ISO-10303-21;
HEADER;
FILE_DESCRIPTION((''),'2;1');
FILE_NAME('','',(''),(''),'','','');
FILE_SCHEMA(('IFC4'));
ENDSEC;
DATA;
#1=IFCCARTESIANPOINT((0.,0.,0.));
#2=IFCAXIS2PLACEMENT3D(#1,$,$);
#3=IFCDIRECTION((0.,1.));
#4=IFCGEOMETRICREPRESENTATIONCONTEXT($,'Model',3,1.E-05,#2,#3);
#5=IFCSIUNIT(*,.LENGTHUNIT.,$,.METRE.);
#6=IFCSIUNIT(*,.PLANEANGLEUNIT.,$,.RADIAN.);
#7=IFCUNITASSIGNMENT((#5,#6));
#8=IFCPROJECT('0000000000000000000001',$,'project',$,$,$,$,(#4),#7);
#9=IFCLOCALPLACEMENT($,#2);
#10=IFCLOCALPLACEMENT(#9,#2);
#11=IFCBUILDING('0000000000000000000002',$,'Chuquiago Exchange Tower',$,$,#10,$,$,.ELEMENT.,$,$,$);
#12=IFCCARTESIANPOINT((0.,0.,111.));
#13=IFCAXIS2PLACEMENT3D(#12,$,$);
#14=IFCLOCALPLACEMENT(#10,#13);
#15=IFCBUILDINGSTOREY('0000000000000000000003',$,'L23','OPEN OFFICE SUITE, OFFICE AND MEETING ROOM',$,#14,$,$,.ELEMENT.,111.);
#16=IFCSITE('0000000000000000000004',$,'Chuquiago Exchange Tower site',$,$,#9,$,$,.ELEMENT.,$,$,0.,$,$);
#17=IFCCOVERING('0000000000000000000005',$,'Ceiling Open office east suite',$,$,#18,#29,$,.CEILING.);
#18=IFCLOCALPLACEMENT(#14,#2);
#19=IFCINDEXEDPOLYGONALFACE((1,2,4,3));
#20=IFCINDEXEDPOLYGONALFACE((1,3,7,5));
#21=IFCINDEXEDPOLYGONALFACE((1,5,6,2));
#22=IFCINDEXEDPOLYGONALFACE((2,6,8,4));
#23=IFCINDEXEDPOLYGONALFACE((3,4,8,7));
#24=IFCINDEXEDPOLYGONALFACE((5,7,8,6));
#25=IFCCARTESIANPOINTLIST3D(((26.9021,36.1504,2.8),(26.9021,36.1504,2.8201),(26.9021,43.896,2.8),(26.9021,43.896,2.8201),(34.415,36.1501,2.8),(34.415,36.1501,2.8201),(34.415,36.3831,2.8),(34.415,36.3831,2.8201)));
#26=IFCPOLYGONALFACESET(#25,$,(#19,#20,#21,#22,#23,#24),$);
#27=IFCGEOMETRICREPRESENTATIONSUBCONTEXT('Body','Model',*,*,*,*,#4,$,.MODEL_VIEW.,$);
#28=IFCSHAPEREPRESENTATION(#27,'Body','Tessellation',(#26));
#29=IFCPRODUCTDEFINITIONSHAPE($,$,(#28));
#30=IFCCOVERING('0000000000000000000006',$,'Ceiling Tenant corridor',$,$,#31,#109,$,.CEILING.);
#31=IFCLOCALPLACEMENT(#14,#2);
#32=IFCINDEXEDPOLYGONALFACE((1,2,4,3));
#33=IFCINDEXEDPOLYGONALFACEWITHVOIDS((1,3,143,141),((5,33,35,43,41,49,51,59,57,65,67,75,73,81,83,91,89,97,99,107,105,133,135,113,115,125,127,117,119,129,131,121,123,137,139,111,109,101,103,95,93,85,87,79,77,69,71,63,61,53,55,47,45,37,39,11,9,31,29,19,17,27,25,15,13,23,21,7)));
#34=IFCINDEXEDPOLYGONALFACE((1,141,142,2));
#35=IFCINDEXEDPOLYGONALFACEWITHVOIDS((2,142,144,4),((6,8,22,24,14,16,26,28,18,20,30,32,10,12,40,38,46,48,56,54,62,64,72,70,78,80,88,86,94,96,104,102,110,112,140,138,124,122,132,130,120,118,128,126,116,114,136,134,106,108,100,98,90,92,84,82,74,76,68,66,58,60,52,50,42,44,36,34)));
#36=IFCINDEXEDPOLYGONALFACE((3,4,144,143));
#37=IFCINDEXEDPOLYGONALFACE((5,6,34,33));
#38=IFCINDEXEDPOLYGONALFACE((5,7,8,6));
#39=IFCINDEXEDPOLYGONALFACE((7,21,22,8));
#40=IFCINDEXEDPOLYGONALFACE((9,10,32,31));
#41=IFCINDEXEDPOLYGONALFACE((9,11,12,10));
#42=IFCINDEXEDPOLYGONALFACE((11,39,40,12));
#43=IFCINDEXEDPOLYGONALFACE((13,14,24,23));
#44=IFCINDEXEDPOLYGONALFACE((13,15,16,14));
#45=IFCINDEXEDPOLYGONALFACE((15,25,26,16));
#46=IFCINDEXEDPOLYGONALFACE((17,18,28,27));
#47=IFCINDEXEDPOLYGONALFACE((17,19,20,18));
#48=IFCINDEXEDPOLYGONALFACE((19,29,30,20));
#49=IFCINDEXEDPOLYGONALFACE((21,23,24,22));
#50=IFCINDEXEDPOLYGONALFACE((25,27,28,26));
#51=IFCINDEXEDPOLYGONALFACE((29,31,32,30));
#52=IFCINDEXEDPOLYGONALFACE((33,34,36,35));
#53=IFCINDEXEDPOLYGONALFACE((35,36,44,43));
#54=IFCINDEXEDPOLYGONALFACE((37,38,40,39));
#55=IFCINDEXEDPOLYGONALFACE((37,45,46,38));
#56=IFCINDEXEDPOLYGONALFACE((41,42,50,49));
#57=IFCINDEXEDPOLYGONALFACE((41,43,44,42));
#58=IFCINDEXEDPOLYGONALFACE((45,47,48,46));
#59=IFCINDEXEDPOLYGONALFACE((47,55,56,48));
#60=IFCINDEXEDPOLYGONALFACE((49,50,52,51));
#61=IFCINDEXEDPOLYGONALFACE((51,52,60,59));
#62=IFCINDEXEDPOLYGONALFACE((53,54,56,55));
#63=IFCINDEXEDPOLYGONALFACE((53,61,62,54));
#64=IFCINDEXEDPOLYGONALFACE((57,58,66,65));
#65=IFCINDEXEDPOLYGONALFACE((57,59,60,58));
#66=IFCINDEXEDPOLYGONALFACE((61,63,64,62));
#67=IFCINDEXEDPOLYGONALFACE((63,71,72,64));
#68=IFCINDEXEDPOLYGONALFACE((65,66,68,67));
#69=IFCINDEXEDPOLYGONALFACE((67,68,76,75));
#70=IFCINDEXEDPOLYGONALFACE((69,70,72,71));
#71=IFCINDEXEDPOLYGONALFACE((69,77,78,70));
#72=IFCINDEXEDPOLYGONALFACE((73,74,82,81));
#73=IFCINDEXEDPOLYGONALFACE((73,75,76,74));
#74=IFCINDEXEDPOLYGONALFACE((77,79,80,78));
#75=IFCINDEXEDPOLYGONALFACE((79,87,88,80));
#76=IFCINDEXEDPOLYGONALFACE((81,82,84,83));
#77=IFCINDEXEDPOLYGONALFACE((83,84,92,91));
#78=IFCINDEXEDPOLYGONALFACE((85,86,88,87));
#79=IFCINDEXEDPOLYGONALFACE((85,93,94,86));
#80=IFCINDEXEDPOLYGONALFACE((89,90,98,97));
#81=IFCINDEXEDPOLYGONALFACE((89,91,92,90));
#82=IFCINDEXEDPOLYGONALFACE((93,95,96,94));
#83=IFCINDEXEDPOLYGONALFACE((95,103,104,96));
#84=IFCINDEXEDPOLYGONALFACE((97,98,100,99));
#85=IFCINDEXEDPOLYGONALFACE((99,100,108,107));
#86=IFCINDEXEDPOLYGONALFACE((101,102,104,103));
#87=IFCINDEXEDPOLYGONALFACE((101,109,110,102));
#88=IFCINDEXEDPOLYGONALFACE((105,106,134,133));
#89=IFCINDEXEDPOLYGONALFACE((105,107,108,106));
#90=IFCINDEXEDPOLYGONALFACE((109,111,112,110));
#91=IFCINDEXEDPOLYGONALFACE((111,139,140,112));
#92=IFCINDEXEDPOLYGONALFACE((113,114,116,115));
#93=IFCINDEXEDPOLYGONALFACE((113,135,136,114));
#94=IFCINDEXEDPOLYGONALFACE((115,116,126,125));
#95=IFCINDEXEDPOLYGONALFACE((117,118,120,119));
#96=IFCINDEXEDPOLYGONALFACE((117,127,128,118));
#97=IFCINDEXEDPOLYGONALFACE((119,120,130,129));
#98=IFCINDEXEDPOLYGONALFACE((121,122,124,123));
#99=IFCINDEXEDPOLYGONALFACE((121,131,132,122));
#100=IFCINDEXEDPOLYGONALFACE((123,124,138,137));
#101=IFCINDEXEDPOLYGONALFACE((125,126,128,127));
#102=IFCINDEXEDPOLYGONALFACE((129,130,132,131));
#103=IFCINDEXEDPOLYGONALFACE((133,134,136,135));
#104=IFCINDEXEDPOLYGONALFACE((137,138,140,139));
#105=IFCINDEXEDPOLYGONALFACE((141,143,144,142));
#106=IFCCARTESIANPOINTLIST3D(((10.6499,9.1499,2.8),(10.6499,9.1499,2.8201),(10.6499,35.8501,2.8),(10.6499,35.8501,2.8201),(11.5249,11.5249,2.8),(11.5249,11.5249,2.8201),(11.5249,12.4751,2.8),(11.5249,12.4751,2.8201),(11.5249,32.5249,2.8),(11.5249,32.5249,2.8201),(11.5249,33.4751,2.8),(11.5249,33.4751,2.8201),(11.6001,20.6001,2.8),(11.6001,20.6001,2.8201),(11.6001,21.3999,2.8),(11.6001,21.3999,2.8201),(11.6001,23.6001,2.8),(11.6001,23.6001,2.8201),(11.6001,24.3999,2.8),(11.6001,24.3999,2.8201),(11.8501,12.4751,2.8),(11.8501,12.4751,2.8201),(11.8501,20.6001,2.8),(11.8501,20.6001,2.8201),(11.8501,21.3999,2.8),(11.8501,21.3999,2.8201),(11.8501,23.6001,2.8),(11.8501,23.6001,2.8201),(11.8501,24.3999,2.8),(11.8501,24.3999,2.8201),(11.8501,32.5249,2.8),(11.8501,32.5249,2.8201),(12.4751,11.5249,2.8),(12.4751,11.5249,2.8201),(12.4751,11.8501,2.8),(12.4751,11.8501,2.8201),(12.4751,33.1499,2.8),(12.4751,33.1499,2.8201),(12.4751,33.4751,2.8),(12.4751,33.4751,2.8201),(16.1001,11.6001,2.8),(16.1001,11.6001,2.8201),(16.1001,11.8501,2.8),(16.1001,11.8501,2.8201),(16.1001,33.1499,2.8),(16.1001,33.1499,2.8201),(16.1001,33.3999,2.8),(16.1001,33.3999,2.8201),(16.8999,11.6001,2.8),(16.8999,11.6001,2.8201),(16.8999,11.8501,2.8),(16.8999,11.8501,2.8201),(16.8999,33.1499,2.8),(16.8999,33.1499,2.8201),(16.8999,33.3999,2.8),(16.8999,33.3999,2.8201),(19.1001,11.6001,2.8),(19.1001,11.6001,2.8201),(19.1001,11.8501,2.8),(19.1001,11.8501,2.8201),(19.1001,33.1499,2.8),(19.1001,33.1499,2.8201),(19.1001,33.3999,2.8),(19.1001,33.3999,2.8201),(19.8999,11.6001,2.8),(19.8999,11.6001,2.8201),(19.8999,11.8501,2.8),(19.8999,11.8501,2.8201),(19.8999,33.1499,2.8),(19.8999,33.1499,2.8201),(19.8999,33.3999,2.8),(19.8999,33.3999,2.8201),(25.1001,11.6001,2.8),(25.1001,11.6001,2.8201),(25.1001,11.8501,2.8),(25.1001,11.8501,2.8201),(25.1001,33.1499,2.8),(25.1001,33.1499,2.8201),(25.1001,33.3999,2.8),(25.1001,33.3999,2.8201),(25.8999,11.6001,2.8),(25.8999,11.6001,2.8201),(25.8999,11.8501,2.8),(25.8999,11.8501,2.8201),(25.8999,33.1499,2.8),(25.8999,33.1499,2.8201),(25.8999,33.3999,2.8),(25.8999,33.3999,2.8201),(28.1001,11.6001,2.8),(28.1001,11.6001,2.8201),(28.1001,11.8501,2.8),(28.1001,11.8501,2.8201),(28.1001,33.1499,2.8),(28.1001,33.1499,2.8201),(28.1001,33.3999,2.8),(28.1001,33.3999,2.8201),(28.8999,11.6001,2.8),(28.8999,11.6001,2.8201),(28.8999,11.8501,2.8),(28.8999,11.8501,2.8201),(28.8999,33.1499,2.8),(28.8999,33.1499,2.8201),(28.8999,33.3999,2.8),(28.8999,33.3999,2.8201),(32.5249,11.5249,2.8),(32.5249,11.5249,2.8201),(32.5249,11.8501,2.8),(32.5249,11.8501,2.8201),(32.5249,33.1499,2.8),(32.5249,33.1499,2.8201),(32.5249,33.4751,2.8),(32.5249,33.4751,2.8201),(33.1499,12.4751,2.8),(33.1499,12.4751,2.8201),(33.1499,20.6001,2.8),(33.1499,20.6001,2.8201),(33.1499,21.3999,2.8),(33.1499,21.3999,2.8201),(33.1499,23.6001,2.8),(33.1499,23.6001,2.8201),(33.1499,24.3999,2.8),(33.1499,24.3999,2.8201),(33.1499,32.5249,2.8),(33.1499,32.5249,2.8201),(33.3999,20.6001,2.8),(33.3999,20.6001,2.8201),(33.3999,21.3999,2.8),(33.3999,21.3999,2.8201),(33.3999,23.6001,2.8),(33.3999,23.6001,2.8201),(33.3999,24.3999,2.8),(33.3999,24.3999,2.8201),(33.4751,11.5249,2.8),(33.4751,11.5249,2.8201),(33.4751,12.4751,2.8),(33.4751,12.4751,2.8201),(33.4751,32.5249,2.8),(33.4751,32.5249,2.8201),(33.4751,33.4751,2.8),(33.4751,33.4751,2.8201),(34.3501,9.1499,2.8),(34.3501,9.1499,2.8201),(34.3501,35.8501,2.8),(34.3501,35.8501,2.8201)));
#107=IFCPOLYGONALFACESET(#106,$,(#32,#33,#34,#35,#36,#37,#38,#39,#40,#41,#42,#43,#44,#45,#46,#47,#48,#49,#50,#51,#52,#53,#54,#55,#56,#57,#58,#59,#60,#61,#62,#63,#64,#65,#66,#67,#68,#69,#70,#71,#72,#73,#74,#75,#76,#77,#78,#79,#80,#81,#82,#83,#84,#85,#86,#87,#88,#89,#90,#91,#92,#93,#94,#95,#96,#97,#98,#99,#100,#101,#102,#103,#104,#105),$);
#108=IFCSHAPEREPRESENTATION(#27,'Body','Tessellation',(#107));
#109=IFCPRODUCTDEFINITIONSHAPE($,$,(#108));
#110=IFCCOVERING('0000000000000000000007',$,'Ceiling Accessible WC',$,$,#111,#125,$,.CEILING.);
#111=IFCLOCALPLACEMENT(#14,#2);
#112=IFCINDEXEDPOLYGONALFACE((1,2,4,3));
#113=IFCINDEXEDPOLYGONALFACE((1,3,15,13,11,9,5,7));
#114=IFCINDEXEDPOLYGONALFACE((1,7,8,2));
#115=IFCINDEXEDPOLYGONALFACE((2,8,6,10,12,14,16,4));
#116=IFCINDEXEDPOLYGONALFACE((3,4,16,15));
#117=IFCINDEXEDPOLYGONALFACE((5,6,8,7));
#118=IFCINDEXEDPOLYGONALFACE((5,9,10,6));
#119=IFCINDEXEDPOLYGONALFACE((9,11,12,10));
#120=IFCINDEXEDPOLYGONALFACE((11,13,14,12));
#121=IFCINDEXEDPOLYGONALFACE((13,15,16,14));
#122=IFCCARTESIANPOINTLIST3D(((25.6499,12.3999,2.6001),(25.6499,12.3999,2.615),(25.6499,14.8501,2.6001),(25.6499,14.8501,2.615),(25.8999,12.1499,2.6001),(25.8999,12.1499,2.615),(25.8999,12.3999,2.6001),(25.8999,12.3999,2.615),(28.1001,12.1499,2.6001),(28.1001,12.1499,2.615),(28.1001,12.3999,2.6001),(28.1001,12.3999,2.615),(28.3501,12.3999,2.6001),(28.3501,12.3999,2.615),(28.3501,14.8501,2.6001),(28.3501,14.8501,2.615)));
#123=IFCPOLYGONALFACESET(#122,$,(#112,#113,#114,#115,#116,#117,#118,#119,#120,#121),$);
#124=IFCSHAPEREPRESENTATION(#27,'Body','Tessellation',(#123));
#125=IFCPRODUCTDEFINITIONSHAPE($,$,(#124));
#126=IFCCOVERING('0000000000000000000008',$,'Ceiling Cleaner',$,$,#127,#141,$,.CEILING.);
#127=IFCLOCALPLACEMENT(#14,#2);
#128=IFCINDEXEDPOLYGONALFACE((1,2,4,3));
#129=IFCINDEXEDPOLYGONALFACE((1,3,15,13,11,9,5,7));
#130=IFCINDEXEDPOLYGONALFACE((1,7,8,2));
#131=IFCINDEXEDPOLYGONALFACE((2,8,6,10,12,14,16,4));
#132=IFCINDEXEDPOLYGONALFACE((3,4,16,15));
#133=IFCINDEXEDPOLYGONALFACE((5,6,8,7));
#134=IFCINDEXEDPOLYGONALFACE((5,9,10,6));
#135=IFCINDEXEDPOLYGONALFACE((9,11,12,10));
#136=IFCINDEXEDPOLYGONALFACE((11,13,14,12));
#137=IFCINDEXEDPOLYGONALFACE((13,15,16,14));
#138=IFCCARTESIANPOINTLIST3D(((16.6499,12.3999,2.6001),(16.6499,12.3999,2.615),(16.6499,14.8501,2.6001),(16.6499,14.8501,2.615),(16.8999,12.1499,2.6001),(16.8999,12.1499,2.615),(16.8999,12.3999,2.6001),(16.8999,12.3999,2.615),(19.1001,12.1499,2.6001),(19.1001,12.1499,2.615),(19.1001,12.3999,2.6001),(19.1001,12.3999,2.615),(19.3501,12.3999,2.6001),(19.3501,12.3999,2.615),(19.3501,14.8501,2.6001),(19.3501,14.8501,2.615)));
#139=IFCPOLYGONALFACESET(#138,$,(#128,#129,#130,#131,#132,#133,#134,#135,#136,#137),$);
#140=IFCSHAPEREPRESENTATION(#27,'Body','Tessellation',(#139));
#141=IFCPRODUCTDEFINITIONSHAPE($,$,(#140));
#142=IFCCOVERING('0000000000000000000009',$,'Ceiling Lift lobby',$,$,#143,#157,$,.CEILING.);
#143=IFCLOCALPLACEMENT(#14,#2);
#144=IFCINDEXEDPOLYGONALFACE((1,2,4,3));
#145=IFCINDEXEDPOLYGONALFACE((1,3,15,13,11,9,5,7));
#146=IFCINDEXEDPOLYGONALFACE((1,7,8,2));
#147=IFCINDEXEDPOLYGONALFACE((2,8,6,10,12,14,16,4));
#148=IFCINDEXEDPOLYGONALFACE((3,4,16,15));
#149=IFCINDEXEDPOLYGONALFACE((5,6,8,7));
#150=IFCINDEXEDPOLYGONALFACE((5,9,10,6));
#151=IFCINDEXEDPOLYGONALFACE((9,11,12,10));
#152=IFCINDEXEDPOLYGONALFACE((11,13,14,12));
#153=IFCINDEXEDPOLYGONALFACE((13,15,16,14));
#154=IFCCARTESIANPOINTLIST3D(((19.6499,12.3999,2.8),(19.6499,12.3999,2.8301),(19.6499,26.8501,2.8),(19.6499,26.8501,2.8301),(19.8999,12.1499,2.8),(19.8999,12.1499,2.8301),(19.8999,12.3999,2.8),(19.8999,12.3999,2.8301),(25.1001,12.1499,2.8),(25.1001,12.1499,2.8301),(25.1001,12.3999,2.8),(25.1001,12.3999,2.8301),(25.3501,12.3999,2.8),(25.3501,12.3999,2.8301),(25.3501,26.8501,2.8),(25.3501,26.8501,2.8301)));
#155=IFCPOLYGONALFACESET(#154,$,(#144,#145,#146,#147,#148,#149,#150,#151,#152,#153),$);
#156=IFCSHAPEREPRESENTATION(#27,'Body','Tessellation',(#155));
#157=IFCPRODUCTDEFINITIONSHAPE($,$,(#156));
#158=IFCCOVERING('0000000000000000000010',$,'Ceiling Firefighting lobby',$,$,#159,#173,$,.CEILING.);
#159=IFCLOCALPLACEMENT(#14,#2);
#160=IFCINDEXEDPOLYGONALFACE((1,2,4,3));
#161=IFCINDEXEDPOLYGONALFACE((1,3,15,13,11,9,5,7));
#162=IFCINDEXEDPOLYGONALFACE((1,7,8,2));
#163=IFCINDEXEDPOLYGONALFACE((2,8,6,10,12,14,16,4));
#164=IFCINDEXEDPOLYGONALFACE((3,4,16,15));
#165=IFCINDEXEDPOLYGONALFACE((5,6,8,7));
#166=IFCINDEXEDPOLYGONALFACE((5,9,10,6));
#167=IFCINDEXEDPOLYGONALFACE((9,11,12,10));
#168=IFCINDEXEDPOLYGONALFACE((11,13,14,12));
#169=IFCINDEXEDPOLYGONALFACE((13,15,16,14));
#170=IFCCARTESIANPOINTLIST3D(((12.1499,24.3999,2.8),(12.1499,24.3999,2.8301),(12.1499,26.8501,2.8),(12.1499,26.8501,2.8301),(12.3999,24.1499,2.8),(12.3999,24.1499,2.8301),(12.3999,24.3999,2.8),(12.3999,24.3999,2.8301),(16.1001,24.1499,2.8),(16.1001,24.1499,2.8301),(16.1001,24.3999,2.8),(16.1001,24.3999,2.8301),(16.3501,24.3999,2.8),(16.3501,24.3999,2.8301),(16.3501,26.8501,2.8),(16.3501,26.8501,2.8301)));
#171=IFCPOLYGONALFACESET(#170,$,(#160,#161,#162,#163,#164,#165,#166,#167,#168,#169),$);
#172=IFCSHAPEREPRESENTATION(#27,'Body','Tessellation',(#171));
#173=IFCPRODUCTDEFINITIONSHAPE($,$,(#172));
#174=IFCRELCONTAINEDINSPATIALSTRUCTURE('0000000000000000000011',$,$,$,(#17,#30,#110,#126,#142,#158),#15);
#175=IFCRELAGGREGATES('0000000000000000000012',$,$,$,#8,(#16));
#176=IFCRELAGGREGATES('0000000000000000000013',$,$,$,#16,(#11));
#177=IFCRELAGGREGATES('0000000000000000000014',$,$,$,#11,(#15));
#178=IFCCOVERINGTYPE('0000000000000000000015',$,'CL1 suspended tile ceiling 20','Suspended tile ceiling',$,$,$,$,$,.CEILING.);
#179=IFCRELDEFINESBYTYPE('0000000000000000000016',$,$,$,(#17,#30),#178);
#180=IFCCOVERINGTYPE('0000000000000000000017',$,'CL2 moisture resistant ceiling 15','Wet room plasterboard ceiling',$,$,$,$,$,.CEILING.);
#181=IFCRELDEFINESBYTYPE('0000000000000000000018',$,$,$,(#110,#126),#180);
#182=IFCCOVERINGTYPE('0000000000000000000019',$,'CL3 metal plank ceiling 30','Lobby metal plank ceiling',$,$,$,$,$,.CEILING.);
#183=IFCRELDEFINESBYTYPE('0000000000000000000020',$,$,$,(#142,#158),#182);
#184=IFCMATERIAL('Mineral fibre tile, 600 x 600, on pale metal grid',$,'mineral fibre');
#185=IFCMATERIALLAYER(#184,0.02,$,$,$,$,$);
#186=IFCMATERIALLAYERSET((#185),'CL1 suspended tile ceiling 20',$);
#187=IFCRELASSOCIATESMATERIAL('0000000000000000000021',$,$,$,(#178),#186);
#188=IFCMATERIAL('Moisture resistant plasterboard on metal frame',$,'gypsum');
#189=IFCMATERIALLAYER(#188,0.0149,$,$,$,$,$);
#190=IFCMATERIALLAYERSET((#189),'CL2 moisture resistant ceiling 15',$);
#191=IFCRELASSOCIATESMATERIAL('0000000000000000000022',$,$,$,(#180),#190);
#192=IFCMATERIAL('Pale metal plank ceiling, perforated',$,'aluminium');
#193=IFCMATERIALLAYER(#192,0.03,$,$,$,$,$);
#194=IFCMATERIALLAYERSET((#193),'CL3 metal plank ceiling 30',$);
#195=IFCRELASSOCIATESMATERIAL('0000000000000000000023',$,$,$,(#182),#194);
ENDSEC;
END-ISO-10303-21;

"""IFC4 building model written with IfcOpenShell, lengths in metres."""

from ifc_helpers import new_model, si_unit, direction, frame, origin, place, context, subcontext, project, spatial, polyline, outline, extrude, material, layer, layer_set, type_object, element, save


model = new_model("IFC4")

# Units and contexts
model_context = context("Model", 3, precision=1e-05, world=origin(), true_north=direction((0.0, 1.0)))
body_context = subcontext(model_context, "Body", "Model", "MODEL_VIEW")
ifc_project = project(units=[si_unit("LENGTHUNIT", "METRE"), si_unit("PLANEANGLEUNIT", "RADIAN")], contexts=[model_context])

# Site, building, storey
site_placement = place(None, origin())
site = spatial("IfcSite", under=ifc_project, at=site_placement, Name="Chuquiago Exchange Tower site", CompositionType="ELEMENT", RefElevation=0.0)
building_placement = place(site_placement, origin())
building = spatial("IfcBuilding", under=site, at=building_placement, Name="Chuquiago Exchange Tower", CompositionType="ELEMENT")
storey_placement = place(building_placement, frame((0.0, 0.0, 111.0)))
storey = spatial("IfcBuildingStorey", under=building, at=storey_placement, Name="L23", Description="OPEN OFFICE SUITE, OFFICE AND MEETING ROOM", CompositionType="ELEMENT", Elevation=111.0)

# Coverings
ifc_material_1 = material(Name="Mineral fibre tile, 600 x 600, on pale metal grid", Category="mineral fibre")
ifc_layer_1 = layer(ifc_material_1, 0.02)
ifc_layer_set_1 = layer_set([ifc_layer_1], Name="CL1 suspended tile ceiling 20")
covering_type_1 = type_object("IfcCoveringType", Name="CL1 suspended tile ceiling 20", Description="Suspended tile ceiling", PredefinedType="CEILING", material=ifc_layer_set_1)
covering_1_placement = place(storey_placement, frame((0.0, 0.0, 2.8)))
element("IfcCovering", 1, at=covering_1_placement, inside=storey, type_object=covering_type_1, Name="Ceiling Open office east suite", PredefinedType="CEILING", context=body_context, shape_type="SweptSolid", body=[
    extrude(outline(polyline([(26.9021, 36.1504), (26.9021, 43.896), (34.415, 36.3831), (34.415, 36.1501), (26.9021, 36.1504)])), origin(), (0.0, 0.0, 1.0), 0.02),
])
covering_2_placement = place(storey_placement, frame((0.0, 0.0, 2.8)))
element("IfcCovering", 2, at=covering_2_placement, inside=storey, type_object=covering_type_1, Name="Ceiling Tenant corridor", PredefinedType="CEILING", context=body_context, shape_type="SweptSolid", body=[
    extrude(outline(polyline([(10.6499, 35.8501), (34.3501, 35.8501), (34.3501, 9.1499), (10.6499, 9.1499), (10.6499, 35.8501)]), holes=[polyline([(11.8501, 24.3999), (11.6001, 24.3999), (11.6001, 23.6001), (11.8501, 23.6001), (11.8501, 21.3999), (11.6001, 21.3999), (11.6001, 20.6001), (11.8501, 20.6001), (11.8501, 12.4751), (11.5249, 12.4751), (11.5249, 11.5249), (12.4751, 11.5249), (12.4751, 11.8501), (16.1001, 11.8501), (16.1001, 11.6001), (16.8999, 11.6001), (16.8999, 11.8501), (19.1001, 11.8501), (19.1001, 11.6001), (19.8999, 11.6001), (19.8999, 11.8501), (25.1001, 11.8501), (25.1001, 11.6001), (25.8999, 11.6001), (25.8999, 11.8501), (28.1001, 11.8501), (28.1001, 11.6001), (28.8999, 11.6001), (28.8999, 11.8501), (32.5249, 11.8501), (32.5249, 11.5249), (33.4751, 11.5249), (33.4751, 12.4751), (33.1499, 12.4751), (33.1499, 20.6001), (33.3999, 20.6001), (33.3999, 21.3999), (33.1499, 21.3999), (33.1499, 23.6001), (33.3999, 23.6001), (33.3999, 24.3999), (33.1499, 24.3999), (33.1499, 32.5249), (33.4751, 32.5249), (33.4751, 33.4751), (32.5249, 33.4751), (32.5249, 33.1499), (28.8999, 33.1499), (28.8999, 33.3999), (28.1001, 33.3999), (28.1001, 33.1499), (25.8999, 33.1499), (25.8999, 33.3999), (25.1001, 33.3999), (25.1001, 33.1499), (19.8999, 33.1499), (19.8999, 33.3999), (19.1001, 33.3999), (19.1001, 33.1499), (16.8999, 33.1499), (16.8999, 33.3999), (16.1001, 33.3999), (16.1001, 33.1499), (12.4751, 33.1499), (12.4751, 33.4751), (11.5249, 33.4751), (11.5249, 32.5249), (11.8501, 32.5249), (11.8501, 24.3999)])]), origin(), (0.0, 0.0, 1.0), 0.02),
])
ifc_material_2 = material(Name="Moisture resistant plasterboard on metal frame", Category="gypsum")
ifc_layer_2 = layer(ifc_material_2, 0.0149)
ifc_layer_set_2 = layer_set([ifc_layer_2], Name="CL2 moisture resistant ceiling 15")
covering_type_2 = type_object("IfcCoveringType", Name="CL2 moisture resistant ceiling 15", Description="Wet room plasterboard ceiling", PredefinedType="CEILING", material=ifc_layer_set_2)
covering_3_placement = place(storey_placement, frame((0.0, 0.0, 2.6001)))
element("IfcCovering", 3, at=covering_3_placement, inside=storey, type_object=covering_type_2, Name="Ceiling Accessible WC", PredefinedType="CEILING", context=body_context, shape_type="SweptSolid", body=[
    extrude(outline(polyline([(25.8999, 12.1499), (25.8999, 12.3999), (25.6499, 12.3999), (25.6499, 14.8501), (28.3501, 14.8501), (28.3501, 12.3999), (28.1001, 12.3999), (28.1001, 12.1499), (25.8999, 12.1499)])), origin(), (0.0, 0.0, 1.0), 0.0149),
])
covering_4_placement = place(storey_placement, frame((0.0, 0.0, 2.6001)))
element("IfcCovering", 4, at=covering_4_placement, inside=storey, type_object=covering_type_2, Name="Ceiling Cleaner", PredefinedType="CEILING", context=body_context, shape_type="SweptSolid", body=[
    extrude(outline(polyline([(16.8999, 12.1499), (16.8999, 12.3999), (16.6499, 12.3999), (16.6499, 14.8501), (19.3501, 14.8501), (19.3501, 12.3999), (19.1001, 12.3999), (19.1001, 12.1499), (16.8999, 12.1499)])), origin(), (0.0, 0.0, 1.0), 0.0149),
])
ifc_material_3 = material(Name="Pale metal plank ceiling, perforated", Category="aluminium")
ifc_layer_3 = layer(ifc_material_3, 0.03)
ifc_layer_set_3 = layer_set([ifc_layer_3], Name="CL3 metal plank ceiling 30")
covering_type_3 = type_object("IfcCoveringType", Name="CL3 metal plank ceiling 30", Description="Lobby metal plank ceiling", PredefinedType="CEILING", material=ifc_layer_set_3)
covering_5_placement = place(storey_placement, frame((0.0, 0.0, 2.8)))
element("IfcCovering", 5, at=covering_5_placement, inside=storey, type_object=covering_type_3, Name="Ceiling Lift lobby", PredefinedType="CEILING", context=body_context, shape_type="SweptSolid", body=[
    extrude(outline(polyline([(19.8999, 12.1499), (19.8999, 12.3999), (19.6499, 12.3999), (19.6499, 26.8501), (25.3501, 26.8501), (25.3501, 12.3999), (25.1001, 12.3999), (25.1001, 12.1499), (19.8999, 12.1499)])), origin(), (0.0, 0.0, 1.0), 0.03),
])
covering_6_placement = place(storey_placement, frame((0.0, 0.0, 2.8)))
element("IfcCovering", 6, at=covering_6_placement, inside=storey, type_object=covering_type_3, Name="Ceiling Firefighting lobby", PredefinedType="CEILING", context=body_context, shape_type="SweptSolid", body=[
    extrude(outline(polyline([(12.3999, 24.1499), (12.3999, 24.3999), (12.1499, 24.3999), (12.1499, 26.8501), (16.3501, 26.8501), (16.3501, 24.3999), (16.1001, 24.3999), (16.1001, 24.1499), (12.3999, 24.1499)])), origin(), (0.0, 0.0, 1.0), 0.03),
])

save(model, "model.ifc")
